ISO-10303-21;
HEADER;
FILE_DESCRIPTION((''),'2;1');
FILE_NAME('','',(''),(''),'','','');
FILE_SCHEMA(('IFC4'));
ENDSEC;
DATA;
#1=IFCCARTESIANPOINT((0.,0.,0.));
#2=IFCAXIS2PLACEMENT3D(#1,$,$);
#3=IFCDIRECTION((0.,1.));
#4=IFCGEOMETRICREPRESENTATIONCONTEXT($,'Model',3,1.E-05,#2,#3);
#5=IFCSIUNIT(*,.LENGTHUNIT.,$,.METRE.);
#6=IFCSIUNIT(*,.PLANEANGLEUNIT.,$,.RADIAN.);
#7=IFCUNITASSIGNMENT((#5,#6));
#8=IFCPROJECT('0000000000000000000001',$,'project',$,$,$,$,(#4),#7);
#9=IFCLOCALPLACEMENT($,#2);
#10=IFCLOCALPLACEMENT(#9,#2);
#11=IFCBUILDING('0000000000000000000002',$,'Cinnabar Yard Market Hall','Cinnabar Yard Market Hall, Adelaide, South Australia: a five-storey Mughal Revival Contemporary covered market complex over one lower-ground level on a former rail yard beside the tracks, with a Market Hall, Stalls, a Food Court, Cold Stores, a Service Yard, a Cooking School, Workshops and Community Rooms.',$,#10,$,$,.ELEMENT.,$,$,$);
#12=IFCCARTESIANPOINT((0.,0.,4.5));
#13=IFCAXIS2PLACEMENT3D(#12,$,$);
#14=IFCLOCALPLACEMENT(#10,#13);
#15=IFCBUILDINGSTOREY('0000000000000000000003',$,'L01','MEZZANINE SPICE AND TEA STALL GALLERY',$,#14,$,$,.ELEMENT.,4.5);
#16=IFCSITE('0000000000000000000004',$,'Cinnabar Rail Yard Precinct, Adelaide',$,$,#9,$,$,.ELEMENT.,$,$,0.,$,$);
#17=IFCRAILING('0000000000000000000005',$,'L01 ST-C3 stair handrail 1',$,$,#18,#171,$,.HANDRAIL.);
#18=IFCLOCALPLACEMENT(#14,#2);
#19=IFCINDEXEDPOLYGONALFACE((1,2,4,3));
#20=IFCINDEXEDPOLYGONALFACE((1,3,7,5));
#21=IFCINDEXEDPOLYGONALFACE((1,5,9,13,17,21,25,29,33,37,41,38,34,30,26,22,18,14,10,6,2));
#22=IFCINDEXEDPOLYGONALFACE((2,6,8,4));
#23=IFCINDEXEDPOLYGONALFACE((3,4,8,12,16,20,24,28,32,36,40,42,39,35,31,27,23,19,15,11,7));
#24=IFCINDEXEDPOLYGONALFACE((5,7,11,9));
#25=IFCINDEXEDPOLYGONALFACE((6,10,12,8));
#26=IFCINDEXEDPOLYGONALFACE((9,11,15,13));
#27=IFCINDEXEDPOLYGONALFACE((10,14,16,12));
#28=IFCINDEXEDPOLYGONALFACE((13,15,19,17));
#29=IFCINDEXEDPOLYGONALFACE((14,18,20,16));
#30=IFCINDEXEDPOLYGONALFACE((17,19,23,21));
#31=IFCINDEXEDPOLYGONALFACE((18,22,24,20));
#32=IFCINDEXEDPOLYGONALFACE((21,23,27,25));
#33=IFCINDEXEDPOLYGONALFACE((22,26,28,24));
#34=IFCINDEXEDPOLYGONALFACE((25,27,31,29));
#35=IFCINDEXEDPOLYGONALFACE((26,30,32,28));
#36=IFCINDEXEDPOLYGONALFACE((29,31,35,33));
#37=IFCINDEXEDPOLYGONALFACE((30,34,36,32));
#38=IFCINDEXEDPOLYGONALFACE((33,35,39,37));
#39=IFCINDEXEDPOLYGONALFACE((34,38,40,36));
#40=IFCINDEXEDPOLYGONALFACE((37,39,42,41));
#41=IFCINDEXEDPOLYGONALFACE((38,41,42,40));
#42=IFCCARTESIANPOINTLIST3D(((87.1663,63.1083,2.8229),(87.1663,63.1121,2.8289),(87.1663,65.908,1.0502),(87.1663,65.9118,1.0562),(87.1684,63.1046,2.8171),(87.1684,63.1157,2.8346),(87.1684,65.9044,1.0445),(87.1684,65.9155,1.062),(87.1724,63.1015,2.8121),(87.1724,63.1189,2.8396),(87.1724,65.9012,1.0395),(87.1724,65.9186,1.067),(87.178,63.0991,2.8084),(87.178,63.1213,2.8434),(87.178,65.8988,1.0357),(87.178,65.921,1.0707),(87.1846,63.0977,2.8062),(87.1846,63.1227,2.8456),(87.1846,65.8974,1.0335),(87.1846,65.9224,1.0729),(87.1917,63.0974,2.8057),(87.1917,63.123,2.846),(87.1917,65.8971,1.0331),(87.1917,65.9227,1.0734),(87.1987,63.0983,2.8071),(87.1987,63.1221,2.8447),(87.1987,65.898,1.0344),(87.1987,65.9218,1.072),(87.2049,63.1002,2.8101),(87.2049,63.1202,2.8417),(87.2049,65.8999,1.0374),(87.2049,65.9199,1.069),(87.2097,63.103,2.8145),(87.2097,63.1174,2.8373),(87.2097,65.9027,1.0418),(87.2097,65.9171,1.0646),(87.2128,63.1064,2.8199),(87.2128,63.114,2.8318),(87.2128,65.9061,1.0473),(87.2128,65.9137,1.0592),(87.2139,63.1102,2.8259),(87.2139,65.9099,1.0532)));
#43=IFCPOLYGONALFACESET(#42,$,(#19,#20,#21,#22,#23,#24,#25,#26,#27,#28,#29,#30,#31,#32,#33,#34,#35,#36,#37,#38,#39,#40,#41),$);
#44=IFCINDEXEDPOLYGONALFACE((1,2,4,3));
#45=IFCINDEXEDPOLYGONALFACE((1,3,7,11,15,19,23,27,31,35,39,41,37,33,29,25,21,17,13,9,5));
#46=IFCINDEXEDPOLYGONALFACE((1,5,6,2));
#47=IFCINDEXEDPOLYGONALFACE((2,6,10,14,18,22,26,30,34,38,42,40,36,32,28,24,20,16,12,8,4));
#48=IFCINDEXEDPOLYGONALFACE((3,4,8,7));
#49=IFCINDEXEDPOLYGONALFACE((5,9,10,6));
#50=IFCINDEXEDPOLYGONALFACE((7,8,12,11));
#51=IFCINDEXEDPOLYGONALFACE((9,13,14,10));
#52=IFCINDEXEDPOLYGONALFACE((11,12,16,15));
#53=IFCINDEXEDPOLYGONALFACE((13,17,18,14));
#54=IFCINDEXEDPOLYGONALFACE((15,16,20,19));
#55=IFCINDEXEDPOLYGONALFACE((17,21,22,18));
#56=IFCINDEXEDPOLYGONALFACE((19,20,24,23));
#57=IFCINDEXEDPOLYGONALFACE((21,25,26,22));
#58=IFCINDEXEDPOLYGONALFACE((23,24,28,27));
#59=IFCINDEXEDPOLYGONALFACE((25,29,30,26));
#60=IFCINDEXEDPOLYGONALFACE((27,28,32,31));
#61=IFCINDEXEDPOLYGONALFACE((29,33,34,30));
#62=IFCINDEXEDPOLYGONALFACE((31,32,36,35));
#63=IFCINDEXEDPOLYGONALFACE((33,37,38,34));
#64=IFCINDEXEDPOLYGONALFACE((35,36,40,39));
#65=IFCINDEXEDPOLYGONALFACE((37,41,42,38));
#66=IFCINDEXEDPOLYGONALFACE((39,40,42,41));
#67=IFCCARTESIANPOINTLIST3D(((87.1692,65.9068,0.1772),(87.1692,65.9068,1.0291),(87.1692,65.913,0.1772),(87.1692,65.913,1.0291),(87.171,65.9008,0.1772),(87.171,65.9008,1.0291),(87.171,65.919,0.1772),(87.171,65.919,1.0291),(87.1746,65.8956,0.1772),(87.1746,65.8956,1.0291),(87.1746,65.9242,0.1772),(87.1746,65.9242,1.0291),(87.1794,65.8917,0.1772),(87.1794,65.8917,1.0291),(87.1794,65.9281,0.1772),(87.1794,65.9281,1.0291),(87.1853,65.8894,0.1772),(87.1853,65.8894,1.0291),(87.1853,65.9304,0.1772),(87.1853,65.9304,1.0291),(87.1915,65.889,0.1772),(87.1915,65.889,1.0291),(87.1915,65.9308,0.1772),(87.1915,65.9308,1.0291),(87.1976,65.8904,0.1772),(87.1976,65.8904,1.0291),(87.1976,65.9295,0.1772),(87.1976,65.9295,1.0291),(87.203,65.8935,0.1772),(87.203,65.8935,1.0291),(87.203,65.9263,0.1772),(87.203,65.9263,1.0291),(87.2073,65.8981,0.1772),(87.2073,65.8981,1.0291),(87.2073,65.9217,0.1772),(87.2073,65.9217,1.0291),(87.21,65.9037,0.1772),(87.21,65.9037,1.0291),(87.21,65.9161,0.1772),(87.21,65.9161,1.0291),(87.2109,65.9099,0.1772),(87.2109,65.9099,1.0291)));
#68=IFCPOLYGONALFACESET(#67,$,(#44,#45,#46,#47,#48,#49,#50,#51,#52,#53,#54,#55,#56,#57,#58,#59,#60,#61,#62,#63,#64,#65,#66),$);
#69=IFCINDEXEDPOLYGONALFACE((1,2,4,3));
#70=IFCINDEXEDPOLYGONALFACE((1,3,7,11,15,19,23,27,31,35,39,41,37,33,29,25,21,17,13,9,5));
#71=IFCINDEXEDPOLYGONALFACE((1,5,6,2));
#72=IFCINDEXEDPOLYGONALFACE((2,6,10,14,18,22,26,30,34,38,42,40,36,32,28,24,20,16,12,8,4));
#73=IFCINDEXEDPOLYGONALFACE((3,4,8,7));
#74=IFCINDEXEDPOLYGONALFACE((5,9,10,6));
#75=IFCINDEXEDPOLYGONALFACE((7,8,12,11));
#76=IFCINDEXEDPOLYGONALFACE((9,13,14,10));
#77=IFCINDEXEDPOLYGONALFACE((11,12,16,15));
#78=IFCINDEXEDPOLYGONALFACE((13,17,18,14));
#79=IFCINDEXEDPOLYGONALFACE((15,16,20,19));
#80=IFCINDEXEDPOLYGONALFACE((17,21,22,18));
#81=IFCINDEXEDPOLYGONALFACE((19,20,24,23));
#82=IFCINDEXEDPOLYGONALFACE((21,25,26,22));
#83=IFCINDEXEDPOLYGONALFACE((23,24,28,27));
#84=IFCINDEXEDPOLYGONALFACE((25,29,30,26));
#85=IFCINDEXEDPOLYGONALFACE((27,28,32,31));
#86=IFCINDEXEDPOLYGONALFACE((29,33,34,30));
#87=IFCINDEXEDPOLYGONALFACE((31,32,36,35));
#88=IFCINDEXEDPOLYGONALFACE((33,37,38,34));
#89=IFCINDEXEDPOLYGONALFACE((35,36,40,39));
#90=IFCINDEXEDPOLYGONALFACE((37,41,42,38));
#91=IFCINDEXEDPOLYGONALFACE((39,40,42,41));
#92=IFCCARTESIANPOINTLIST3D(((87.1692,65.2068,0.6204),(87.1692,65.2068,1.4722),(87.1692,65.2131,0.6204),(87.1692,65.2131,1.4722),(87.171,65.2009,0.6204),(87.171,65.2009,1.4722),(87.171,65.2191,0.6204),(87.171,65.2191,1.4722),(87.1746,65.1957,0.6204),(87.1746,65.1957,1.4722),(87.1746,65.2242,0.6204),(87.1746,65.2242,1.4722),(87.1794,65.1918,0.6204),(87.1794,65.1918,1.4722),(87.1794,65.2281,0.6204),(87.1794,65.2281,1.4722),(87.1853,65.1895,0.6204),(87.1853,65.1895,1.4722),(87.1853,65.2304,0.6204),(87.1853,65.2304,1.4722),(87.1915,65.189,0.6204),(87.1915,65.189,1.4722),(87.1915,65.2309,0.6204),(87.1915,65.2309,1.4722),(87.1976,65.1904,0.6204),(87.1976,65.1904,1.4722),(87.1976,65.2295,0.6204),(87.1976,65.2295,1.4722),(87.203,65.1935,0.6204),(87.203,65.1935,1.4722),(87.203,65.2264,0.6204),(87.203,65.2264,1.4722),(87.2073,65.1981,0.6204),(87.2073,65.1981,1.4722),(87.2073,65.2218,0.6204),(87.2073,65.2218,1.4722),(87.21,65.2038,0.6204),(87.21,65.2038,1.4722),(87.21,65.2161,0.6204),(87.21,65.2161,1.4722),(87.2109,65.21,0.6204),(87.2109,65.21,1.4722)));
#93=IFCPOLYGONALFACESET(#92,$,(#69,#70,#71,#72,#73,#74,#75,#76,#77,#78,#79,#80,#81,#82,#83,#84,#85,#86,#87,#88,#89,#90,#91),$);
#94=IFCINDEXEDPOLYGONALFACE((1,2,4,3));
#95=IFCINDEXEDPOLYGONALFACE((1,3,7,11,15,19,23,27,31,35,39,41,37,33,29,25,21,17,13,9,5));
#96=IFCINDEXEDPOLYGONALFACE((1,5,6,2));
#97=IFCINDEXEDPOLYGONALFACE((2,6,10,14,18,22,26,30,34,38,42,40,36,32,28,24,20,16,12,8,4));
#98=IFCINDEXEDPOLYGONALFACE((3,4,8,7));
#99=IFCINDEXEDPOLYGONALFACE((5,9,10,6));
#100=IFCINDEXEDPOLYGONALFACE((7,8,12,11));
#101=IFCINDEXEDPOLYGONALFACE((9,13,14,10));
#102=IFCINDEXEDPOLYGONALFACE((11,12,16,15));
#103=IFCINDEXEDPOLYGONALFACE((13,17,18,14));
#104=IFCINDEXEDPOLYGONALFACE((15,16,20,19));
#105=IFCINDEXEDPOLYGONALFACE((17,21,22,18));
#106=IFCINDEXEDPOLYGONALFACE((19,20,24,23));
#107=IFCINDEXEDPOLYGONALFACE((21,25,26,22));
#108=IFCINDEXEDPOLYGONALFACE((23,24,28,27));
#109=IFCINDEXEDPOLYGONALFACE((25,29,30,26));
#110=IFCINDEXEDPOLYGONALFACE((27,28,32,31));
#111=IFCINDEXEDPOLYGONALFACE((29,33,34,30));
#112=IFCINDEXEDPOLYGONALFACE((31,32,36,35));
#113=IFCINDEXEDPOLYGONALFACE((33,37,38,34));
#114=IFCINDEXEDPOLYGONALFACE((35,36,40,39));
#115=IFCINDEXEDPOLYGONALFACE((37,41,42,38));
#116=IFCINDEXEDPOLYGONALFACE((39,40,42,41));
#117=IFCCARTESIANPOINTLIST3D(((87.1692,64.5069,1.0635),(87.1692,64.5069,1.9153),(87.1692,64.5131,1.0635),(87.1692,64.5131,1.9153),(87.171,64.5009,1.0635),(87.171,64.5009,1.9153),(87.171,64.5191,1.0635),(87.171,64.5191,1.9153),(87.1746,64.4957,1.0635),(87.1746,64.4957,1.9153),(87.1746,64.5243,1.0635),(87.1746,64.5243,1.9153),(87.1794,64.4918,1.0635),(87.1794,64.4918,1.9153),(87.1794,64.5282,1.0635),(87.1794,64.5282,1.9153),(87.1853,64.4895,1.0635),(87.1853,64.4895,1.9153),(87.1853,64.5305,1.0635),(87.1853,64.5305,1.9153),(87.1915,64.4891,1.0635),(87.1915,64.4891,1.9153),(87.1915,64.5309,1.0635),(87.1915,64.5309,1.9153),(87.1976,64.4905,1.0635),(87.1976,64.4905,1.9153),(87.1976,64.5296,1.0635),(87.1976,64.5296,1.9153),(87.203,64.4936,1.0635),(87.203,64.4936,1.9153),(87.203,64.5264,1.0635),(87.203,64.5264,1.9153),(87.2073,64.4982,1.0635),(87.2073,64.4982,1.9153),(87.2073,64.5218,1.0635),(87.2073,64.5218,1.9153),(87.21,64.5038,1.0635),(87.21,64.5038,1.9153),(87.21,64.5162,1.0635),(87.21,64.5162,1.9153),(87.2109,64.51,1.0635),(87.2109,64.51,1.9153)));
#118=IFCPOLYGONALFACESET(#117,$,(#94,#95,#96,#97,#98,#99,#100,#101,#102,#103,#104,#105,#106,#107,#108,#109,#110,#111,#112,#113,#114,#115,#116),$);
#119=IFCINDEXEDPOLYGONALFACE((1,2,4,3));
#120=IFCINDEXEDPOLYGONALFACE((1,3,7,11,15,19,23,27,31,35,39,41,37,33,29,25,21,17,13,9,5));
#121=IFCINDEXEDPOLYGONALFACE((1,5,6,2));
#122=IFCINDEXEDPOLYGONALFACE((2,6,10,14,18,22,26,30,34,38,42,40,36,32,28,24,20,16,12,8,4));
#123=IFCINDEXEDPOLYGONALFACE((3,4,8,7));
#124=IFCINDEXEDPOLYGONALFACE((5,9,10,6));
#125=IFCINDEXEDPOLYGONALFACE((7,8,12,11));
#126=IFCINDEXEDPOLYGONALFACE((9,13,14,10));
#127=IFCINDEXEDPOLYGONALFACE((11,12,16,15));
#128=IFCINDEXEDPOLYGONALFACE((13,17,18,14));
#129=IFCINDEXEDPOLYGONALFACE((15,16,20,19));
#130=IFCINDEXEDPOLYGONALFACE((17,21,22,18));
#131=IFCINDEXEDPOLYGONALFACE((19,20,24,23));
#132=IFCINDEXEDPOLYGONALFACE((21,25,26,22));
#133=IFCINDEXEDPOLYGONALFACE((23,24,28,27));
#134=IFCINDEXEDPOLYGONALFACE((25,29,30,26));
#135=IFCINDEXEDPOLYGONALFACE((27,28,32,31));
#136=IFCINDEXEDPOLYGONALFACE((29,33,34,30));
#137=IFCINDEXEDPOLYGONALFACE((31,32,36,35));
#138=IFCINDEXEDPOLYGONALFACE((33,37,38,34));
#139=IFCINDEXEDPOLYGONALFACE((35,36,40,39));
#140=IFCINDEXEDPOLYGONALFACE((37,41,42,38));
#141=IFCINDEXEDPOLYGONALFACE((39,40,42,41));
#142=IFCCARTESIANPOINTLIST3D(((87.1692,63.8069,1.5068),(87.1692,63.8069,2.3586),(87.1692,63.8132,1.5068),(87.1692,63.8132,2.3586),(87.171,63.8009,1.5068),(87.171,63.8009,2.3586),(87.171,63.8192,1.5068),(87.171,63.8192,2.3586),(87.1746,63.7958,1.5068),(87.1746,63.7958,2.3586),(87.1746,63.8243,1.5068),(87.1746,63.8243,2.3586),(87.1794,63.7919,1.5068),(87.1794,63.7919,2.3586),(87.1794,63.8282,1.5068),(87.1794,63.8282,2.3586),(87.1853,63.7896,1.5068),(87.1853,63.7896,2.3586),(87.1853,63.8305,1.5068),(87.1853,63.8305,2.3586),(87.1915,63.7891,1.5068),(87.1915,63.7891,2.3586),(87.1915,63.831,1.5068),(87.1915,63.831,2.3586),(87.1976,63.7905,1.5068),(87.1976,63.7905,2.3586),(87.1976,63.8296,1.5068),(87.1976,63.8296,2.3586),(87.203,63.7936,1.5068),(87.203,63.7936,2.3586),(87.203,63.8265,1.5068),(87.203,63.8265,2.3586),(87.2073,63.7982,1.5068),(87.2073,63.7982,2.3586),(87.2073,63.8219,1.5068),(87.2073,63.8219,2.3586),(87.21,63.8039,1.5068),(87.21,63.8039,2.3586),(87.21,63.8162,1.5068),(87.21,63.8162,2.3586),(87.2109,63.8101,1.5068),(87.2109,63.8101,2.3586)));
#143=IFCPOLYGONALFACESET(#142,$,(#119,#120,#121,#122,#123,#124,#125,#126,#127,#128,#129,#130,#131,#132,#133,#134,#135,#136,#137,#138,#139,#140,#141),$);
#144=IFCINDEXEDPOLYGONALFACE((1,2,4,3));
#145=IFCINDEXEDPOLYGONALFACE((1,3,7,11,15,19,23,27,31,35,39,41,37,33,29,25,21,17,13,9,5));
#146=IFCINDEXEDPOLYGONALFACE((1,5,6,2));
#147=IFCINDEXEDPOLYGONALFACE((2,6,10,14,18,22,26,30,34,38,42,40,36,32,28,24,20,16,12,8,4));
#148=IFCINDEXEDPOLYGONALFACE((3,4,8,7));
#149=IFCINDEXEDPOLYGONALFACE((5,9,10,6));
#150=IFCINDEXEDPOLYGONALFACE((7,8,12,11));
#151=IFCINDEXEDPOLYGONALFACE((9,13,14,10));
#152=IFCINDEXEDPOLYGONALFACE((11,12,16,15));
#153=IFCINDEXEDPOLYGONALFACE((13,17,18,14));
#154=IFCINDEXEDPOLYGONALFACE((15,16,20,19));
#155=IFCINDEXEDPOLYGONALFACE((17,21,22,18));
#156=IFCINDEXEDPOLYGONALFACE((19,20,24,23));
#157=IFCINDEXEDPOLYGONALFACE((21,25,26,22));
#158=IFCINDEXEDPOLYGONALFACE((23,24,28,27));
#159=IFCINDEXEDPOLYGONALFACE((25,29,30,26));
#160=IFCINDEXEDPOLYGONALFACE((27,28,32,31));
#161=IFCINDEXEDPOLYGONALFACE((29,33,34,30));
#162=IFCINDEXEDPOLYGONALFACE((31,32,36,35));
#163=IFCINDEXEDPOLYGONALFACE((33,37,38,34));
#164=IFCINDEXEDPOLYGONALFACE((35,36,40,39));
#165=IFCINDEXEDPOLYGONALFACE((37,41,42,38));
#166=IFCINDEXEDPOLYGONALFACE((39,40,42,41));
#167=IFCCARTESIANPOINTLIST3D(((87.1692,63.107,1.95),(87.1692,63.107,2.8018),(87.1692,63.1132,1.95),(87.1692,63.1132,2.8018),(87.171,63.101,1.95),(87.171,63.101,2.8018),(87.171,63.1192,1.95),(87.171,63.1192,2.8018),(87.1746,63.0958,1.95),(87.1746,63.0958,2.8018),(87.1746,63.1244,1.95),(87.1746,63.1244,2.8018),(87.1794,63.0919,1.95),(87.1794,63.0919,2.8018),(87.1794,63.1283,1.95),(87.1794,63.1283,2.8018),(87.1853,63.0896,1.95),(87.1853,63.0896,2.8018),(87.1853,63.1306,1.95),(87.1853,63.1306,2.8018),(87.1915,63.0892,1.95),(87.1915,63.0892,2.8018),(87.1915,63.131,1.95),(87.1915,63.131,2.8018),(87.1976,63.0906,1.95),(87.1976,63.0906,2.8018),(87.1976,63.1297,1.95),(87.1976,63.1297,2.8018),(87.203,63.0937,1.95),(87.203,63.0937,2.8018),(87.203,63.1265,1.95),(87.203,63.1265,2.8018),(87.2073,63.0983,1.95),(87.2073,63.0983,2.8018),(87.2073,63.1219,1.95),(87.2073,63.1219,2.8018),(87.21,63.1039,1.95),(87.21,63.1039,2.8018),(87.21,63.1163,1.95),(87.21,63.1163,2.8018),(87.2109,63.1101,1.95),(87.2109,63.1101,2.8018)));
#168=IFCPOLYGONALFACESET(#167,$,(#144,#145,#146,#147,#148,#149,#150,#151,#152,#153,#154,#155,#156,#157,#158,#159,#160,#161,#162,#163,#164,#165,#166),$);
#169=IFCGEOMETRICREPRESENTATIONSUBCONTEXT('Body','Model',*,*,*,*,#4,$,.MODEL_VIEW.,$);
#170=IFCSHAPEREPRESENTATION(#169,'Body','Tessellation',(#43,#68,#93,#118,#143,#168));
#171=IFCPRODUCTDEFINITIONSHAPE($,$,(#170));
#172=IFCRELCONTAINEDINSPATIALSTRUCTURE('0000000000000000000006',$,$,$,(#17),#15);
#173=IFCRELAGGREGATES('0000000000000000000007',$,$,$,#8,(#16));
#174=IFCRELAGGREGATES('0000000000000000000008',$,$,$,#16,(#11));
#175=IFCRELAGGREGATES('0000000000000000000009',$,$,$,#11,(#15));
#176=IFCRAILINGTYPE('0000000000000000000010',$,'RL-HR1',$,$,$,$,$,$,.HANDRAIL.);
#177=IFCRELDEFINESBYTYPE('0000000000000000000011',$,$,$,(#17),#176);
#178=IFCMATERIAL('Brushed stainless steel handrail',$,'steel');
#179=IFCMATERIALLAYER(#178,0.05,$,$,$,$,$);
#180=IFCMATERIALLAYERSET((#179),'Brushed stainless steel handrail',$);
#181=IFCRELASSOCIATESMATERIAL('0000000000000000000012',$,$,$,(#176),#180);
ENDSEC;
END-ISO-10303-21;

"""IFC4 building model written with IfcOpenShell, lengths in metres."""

from ifc_helpers import new_model, si_unit, direction, frame, origin, origin_2d_with_axis, place, context, subcontext, project, spatial, circle, extrude, material, layer, layer_set, type_object, element, save


model = new_model("IFC4")

# Units and contexts
model_context = context("Model", 3, precision=1e-05, world=origin(), true_north=direction((0.0, 1.0)))
body_context = subcontext(model_context, "Body", "Model", "MODEL_VIEW")
ifc_project = project(units=[si_unit("LENGTHUNIT", "METRE"), si_unit("PLANEANGLEUNIT", "RADIAN")], contexts=[model_context])

# Site, building, storey
site_placement = place(None, origin())
site = spatial("IfcSite", under=ifc_project, at=site_placement, Name="Cinnabar Rail Yard Precinct, Adelaide", CompositionType="ELEMENT", RefElevation=0.0)
building_placement = place(site_placement, origin())
building = spatial("IfcBuilding", under=site, at=building_placement, Name="Cinnabar Yard Market Hall", Description="Cinnabar Yard Market Hall, Adelaide, South Australia: a five-storey Mughal Revival Contemporary covered market complex over one lower-ground level on a former rail yard beside the tracks, with a Market Hall, Stalls, a Food Court, Cold Stores, a Service Yard, a Cooking School, Workshops and Community Rooms.", CompositionType="ELEMENT")
storey_placement = place(building_placement, frame((0.0, 0.0, 4.5)))
storey = spatial("IfcBuildingStorey", under=building, at=storey_placement, Name="L01", Description="MEZZANINE SPICE AND TEA STALL GALLERY", CompositionType="ELEMENT", Elevation=4.5)

# Railing
ifc_material_1 = material(Name="Brushed stainless steel handrail", Category="steel")
ifc_layer_1 = layer(ifc_material_1, 0.05)
ifc_layer_set_1 = layer_set([ifc_layer_1], Name="Brushed stainless steel handrail")
railing_type_1 = type_object("IfcRailingType", Name="RL-HR1", PredefinedType="HANDRAIL", material=ifc_layer_set_1)
railing_1_placement = place(storey_placement, frame((87.1899, 65.9099, 0.1772)))
element("IfcRailing", 1, at=railing_1_placement, inside=storey, type_object=railing_type_1, Name="L01 ST-C3 stair handrail 1", PredefinedType="HANDRAIL", context=body_context, shape_type="SweptSolid", body=[
    extrude(circle(Radius=0.0239, at=origin_2d_with_axis()), frame((0.0, 0.0, 0.876), z_axis=(0.0, -0.844888, 0.534943), x_axis=(1.0, 0.0, 0.0)), (0.0, 0.0, 1.0), 3.3137),
    extrude(circle(Radius=0.021, at=origin_2d_with_axis()), origin(), (0.0, 0.0, 1.0), 0.8518),
    extrude(circle(Radius=0.021, at=origin_2d_with_axis()), frame((0.0, -0.7, 0.4431)), (0.0, 0.0, 1.0), 0.8518),
    extrude(circle(Radius=0.021, at=origin_2d_with_axis()), frame((0.0, -1.3999, 0.8862)), (0.0, 0.0, 1.0), 0.8518),
    extrude(circle(Radius=0.021, at=origin_2d_with_axis()), frame((0.0, -2.0999, 1.3296)), (0.0, 0.0, 1.0), 0.8518),
    extrude(circle(Radius=0.021, at=origin_2d_with_axis()), frame((0.0, -2.7998, 1.7727)), (0.0, 0.0, 1.0), 0.8518),
])

save(model, "model.ifc")
